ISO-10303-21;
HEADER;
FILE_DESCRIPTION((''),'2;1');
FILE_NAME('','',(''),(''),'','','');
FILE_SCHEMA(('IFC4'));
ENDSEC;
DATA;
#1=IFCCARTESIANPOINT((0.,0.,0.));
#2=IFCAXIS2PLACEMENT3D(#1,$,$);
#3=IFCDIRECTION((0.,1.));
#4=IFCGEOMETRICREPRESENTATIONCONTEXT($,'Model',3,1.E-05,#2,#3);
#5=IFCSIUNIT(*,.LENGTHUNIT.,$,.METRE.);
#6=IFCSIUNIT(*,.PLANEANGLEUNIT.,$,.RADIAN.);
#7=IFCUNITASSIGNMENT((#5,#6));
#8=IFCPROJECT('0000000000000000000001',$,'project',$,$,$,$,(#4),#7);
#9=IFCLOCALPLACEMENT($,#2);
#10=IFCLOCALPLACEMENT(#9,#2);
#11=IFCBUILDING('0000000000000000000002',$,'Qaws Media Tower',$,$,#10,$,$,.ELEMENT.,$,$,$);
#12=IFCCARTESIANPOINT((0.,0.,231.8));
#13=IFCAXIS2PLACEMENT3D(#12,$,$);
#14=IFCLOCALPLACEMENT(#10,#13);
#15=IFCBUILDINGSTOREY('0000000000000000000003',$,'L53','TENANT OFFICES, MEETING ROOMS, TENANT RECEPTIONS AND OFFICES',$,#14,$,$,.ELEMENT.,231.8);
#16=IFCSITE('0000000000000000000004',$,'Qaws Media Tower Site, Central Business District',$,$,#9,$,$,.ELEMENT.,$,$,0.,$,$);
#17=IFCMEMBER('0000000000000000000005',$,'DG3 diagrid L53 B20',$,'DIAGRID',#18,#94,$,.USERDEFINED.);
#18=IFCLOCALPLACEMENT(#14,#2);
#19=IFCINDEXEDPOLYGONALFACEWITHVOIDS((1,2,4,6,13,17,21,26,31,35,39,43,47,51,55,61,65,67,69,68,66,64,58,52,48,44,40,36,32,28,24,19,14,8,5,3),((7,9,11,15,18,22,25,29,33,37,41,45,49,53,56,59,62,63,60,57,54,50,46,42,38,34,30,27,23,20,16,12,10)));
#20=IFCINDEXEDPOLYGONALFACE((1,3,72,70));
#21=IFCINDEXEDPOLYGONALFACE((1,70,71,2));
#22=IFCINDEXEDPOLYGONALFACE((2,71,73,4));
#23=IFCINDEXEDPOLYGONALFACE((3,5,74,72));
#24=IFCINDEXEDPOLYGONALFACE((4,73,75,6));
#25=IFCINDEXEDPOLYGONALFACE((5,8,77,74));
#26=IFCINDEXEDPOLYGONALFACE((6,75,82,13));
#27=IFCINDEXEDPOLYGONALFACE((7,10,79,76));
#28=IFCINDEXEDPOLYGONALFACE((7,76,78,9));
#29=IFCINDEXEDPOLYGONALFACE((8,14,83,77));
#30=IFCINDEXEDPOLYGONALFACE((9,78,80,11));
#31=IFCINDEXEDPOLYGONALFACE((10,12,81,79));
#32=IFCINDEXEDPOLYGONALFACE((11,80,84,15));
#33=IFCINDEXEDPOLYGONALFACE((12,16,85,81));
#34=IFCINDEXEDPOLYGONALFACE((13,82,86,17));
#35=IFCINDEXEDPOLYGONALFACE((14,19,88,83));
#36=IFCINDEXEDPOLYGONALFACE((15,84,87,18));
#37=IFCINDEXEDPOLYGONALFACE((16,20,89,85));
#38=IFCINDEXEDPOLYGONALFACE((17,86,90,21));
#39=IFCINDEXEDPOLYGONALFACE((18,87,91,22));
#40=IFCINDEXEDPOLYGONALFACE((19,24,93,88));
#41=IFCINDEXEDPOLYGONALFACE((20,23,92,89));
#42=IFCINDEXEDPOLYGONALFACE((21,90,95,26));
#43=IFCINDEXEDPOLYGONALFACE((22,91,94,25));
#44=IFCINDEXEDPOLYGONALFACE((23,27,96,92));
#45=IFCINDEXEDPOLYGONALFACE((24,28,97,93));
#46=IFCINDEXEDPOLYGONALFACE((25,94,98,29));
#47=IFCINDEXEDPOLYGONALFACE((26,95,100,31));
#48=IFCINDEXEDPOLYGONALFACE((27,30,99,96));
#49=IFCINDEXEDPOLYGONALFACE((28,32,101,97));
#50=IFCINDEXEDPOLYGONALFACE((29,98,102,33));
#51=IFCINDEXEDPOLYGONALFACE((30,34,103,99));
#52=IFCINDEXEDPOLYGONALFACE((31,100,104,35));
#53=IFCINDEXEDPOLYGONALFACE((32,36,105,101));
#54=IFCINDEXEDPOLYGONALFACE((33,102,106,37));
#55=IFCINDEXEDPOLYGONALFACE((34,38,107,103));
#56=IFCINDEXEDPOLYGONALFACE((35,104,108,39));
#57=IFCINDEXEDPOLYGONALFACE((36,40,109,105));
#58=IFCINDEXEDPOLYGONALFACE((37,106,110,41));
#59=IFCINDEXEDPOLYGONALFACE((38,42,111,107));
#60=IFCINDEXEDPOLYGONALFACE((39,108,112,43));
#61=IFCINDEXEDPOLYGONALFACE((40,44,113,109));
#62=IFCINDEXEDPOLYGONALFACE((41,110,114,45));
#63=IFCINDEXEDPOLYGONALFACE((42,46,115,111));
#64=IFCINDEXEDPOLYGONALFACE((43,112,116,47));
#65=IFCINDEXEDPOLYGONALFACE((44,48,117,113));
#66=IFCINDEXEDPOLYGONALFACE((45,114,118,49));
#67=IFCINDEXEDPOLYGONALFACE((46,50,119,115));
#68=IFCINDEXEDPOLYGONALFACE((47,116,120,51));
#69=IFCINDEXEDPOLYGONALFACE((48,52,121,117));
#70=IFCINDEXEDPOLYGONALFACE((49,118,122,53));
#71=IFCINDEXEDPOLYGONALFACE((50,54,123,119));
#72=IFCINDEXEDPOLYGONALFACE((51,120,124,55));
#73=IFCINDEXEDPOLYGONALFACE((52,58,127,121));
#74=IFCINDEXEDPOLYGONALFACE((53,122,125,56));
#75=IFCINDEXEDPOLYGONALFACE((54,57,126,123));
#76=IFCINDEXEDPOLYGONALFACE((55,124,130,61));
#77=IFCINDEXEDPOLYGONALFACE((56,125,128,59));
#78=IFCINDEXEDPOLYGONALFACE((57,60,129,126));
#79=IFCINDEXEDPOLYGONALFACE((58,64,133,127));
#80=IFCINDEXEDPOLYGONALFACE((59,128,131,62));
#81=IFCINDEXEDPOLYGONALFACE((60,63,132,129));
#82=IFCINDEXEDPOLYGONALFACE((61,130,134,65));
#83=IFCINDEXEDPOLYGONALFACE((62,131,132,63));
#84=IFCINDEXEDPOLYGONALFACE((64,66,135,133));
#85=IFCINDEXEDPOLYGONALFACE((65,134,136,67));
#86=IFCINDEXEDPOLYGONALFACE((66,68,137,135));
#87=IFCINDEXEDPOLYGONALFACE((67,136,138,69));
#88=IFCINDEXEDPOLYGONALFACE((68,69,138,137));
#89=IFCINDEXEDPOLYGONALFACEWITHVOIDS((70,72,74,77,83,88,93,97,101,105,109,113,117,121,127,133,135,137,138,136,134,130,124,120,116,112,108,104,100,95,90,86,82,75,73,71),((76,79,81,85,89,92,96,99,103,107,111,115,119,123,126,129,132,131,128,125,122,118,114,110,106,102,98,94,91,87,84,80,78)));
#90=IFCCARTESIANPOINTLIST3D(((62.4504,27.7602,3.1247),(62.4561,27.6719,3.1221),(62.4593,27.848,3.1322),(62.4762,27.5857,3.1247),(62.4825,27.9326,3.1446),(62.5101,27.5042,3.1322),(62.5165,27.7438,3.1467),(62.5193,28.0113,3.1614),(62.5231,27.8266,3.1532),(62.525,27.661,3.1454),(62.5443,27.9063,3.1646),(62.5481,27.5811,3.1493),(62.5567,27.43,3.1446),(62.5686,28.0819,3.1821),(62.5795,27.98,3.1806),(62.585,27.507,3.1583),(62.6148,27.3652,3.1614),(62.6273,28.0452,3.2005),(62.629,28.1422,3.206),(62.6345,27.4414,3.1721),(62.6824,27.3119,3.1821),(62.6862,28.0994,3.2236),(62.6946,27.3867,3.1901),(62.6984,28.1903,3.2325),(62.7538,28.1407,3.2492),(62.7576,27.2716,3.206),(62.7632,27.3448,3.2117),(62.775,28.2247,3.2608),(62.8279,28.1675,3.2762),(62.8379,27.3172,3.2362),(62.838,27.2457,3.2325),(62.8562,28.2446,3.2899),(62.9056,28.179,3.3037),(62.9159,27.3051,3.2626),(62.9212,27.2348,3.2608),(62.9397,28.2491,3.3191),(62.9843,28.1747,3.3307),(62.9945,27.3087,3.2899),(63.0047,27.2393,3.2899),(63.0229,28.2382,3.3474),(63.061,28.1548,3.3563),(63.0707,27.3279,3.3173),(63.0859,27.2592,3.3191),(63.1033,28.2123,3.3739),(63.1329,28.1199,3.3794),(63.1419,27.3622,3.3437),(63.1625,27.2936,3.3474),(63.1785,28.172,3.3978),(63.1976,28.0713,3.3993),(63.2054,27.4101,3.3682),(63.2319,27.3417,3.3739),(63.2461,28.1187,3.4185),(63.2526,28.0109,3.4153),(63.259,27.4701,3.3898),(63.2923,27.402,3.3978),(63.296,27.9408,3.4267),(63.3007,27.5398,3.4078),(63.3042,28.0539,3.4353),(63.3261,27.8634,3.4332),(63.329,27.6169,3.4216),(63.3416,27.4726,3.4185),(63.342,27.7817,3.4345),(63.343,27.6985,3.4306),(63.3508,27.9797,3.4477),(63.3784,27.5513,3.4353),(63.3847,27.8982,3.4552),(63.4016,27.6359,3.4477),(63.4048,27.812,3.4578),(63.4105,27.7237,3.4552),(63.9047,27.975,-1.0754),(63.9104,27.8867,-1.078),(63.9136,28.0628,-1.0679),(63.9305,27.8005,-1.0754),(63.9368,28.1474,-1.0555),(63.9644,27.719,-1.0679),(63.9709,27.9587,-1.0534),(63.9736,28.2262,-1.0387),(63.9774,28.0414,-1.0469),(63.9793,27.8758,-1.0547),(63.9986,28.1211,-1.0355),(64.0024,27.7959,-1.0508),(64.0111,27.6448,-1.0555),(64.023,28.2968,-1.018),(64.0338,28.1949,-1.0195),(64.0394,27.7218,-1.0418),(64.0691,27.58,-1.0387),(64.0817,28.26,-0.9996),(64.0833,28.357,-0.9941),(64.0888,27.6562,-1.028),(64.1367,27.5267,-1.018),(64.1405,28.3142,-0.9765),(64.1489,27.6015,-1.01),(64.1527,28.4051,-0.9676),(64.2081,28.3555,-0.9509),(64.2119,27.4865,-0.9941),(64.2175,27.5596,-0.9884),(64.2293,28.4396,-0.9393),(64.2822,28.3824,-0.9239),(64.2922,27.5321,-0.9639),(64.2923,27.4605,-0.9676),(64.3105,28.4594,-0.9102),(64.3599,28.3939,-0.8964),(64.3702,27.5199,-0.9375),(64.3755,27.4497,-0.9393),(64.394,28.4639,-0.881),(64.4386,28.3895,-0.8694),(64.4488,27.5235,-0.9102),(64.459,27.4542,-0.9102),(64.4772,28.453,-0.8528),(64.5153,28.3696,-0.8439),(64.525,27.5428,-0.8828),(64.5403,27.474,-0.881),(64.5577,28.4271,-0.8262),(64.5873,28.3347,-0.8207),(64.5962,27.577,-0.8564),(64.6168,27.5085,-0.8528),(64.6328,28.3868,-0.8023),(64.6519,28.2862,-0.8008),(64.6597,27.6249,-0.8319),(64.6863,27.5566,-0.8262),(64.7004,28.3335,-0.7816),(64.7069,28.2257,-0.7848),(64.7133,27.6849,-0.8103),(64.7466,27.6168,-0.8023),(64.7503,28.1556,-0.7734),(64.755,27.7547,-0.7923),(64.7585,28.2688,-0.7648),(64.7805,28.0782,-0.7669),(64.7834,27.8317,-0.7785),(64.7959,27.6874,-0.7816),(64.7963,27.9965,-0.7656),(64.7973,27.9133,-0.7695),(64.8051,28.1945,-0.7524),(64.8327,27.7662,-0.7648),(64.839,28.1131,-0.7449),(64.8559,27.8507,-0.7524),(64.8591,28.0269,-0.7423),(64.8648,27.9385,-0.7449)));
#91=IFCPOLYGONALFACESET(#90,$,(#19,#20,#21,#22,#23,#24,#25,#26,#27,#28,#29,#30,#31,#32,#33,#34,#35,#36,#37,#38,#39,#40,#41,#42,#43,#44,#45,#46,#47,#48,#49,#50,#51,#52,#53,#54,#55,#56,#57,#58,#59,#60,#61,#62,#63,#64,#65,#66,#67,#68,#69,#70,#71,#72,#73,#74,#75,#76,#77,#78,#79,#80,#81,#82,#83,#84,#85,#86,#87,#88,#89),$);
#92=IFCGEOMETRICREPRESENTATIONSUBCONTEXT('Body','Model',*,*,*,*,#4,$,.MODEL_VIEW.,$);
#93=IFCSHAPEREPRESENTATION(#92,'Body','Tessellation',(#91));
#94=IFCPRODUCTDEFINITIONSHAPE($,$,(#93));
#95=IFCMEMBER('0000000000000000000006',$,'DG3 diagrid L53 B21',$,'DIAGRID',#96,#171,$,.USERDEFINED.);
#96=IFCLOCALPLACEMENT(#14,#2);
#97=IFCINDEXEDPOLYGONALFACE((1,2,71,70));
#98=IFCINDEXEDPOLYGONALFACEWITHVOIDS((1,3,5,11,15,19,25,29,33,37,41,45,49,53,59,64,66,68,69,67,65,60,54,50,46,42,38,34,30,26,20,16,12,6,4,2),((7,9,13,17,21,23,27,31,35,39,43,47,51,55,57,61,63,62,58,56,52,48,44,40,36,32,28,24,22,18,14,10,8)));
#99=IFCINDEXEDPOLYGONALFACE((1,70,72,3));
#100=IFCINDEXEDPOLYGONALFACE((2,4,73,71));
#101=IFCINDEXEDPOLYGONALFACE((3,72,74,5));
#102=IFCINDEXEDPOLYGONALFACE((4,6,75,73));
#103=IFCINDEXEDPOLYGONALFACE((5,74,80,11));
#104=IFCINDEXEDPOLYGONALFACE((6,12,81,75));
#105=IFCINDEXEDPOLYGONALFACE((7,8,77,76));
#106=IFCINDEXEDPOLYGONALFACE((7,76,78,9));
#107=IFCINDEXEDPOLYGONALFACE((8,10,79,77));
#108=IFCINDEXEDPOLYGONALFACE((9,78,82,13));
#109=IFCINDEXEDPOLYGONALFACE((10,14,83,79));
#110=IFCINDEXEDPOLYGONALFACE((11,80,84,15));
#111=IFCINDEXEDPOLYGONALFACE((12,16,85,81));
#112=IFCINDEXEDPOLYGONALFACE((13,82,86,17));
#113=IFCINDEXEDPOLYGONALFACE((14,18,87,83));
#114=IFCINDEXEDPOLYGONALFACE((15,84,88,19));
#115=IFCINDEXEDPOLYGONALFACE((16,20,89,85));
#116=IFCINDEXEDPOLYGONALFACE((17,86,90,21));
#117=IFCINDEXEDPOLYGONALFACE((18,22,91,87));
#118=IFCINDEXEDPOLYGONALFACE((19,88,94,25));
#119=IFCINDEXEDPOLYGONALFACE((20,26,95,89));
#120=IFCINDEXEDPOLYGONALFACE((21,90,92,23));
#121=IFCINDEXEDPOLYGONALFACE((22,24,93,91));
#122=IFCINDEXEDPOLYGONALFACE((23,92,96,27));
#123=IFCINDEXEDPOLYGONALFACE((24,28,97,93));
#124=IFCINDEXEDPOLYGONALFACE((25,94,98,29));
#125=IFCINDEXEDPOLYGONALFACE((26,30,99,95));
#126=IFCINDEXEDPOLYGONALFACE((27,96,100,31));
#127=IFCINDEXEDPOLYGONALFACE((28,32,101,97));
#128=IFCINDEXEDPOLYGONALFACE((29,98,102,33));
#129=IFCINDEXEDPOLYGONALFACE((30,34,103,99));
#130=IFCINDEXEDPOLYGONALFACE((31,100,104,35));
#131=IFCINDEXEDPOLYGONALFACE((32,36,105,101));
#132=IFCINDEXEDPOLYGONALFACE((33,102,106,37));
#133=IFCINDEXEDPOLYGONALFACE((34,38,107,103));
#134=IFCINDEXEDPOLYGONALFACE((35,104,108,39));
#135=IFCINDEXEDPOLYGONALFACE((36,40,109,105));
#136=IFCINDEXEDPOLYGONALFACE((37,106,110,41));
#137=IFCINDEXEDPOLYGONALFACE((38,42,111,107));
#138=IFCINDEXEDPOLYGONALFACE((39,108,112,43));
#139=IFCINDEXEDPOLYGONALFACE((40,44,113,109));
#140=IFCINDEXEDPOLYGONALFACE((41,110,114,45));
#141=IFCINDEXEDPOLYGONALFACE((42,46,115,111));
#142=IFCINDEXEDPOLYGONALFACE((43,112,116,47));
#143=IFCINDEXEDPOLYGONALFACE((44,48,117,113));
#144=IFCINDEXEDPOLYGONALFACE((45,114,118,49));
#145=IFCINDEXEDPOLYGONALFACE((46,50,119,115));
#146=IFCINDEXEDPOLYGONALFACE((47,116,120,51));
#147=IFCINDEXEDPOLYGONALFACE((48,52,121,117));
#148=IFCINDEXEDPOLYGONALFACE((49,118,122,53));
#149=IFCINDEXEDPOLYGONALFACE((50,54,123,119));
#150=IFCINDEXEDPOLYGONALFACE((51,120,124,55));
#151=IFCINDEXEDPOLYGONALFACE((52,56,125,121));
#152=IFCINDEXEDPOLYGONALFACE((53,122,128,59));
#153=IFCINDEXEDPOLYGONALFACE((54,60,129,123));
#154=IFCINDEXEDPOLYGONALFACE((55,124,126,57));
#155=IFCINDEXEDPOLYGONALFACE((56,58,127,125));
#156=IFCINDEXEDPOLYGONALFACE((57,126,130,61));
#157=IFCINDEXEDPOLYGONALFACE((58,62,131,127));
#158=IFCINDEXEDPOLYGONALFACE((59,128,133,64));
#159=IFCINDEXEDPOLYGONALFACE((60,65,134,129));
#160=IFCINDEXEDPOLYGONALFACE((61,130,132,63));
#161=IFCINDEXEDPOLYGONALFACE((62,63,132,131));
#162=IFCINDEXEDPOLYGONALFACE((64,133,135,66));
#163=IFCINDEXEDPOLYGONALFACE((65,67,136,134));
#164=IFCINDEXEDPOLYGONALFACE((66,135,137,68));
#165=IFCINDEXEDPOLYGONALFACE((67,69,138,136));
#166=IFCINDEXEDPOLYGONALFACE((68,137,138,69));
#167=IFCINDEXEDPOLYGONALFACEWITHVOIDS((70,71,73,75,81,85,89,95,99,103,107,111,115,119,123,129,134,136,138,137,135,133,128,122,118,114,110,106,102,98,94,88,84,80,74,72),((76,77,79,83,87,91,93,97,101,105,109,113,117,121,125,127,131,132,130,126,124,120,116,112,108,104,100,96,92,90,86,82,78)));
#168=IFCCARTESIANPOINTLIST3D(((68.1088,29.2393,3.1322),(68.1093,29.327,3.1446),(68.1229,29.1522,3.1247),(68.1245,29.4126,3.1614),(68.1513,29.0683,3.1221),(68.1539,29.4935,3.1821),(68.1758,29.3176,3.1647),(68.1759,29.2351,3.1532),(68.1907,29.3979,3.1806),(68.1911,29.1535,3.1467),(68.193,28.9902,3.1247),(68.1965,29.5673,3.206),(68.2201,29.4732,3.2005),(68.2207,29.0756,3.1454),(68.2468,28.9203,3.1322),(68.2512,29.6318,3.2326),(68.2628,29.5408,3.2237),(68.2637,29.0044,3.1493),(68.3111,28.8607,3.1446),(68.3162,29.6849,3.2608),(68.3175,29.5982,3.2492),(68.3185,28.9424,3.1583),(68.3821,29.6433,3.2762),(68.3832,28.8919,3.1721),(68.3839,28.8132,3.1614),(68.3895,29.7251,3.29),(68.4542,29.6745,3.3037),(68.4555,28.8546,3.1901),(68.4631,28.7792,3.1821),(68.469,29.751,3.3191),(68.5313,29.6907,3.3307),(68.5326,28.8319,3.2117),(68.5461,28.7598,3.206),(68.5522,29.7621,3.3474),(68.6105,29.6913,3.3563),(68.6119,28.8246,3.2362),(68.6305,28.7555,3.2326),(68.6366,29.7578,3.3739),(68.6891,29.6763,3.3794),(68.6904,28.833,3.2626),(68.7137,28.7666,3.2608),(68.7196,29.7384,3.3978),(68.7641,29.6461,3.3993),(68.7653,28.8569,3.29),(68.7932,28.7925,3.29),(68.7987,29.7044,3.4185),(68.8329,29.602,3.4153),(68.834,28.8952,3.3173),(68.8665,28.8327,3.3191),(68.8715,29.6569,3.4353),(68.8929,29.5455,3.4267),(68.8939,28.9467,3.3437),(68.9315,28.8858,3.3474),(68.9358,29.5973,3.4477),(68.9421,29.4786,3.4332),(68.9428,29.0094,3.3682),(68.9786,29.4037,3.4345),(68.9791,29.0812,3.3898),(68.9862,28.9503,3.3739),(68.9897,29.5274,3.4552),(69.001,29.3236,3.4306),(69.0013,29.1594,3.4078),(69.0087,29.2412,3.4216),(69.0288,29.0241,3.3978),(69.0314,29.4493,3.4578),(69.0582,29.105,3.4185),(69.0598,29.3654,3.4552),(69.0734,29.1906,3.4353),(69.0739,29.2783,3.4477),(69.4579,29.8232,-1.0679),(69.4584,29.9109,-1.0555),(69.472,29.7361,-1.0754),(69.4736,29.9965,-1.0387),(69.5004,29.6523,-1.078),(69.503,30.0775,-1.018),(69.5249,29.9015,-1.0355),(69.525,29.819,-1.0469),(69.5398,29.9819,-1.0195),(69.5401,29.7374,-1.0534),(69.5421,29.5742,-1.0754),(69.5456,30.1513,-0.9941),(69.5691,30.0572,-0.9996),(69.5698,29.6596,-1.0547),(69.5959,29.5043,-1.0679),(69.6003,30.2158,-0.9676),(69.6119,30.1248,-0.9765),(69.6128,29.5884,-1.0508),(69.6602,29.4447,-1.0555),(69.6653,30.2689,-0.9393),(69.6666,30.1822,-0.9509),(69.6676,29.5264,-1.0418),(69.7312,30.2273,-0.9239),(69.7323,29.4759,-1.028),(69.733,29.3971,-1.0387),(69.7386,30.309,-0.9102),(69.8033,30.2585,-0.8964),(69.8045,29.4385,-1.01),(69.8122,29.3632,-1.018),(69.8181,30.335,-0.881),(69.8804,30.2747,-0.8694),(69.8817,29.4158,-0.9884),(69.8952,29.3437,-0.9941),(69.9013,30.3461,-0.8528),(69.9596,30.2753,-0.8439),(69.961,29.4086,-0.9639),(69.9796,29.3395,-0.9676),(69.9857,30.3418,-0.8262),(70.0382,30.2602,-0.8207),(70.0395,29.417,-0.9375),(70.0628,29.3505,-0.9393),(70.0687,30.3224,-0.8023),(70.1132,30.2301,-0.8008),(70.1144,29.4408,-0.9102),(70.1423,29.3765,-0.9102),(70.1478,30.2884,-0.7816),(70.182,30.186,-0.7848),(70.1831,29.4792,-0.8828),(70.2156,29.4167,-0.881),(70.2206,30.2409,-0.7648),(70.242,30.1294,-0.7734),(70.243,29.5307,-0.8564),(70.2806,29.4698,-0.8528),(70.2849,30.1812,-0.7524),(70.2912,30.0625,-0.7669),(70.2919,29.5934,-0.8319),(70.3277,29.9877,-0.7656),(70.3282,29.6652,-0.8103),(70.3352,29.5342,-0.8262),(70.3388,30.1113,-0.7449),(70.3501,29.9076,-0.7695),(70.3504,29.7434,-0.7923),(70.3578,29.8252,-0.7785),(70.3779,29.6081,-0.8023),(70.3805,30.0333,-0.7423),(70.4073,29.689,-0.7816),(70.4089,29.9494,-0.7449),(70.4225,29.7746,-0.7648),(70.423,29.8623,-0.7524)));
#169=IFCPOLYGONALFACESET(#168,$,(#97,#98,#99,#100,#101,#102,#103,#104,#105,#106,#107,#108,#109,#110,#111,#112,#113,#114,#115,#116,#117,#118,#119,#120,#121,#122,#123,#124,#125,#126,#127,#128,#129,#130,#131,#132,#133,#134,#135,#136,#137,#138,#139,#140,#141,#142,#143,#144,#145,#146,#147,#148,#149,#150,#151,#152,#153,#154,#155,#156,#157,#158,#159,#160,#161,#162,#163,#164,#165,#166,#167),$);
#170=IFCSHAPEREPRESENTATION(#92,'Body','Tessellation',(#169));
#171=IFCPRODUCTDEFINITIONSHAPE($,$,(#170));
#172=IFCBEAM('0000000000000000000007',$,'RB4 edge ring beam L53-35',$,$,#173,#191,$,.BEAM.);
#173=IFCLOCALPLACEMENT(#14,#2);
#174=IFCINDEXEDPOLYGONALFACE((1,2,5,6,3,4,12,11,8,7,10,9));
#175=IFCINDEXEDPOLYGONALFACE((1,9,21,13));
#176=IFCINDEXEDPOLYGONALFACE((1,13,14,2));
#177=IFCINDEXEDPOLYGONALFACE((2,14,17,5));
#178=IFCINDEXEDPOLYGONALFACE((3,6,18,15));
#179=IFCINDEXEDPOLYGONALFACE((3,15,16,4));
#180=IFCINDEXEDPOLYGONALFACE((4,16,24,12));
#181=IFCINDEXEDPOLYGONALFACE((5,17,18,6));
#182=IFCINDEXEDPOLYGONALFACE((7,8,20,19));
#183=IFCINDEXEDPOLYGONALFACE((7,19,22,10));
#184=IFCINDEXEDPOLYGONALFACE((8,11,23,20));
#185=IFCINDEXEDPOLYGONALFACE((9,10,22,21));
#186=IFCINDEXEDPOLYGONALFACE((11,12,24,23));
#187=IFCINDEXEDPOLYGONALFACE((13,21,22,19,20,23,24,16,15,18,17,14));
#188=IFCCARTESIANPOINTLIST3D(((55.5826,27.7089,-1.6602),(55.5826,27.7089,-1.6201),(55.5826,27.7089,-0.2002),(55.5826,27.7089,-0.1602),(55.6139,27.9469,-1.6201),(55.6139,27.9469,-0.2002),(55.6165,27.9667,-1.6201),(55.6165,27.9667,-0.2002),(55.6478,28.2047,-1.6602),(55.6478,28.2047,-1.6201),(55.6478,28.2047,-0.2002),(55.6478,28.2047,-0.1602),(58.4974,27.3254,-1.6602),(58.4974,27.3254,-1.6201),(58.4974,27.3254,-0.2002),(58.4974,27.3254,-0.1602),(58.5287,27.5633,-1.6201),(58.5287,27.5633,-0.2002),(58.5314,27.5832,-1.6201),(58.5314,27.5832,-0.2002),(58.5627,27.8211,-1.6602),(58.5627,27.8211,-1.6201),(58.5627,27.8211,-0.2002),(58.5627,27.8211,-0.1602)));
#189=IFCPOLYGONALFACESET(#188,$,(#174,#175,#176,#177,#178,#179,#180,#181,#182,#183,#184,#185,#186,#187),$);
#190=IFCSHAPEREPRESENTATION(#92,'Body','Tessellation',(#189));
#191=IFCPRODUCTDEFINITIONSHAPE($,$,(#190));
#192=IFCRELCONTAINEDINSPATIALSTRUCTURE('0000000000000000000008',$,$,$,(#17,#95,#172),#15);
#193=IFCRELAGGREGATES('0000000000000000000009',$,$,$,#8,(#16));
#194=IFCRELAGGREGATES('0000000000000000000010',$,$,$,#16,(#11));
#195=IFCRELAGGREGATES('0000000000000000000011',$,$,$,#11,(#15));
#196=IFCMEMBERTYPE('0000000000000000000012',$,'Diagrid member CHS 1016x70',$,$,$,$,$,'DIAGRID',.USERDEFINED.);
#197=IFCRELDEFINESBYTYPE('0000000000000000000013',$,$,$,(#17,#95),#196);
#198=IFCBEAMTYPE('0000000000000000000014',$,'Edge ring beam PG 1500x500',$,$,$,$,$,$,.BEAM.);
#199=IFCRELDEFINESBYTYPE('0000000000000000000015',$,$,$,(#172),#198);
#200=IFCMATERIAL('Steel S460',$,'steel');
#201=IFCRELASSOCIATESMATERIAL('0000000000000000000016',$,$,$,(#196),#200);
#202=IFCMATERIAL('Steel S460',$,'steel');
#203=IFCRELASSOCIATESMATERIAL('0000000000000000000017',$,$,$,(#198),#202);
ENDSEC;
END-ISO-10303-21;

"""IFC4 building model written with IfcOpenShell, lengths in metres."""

from ifc_helpers import new_model, si_unit, direction, frame, origin, origin_2d, place, context, subcontext, project, spatial, hollow_circle, i_section, extrude, material, material_profile, profile_set, type_object, element, save


model = new_model("IFC4")

# Units and contexts
model_context = context("Model", 3, precision=1e-05, world=origin(), true_north=direction((0.0, 1.0)))
body_context = subcontext(model_context, "Body", "Model", "MODEL_VIEW")
ifc_project = project(units=[si_unit("LENGTHUNIT", "METRE"), si_unit("PLANEANGLEUNIT", "RADIAN")], contexts=[model_context])

# Site, building, storey
site_placement = place(None, origin())
site = spatial("IfcSite", under=ifc_project, at=site_placement, Name="Qaws Media Tower Site, Central Business District", CompositionType="ELEMENT", RefElevation=0.0)
building_placement = place(site_placement, origin())
building = spatial("IfcBuilding", under=site, at=building_placement, Name="Qaws Media Tower", CompositionType="ELEMENT")
storey_placement = place(building_placement, frame((0.0, 0.0, 231.8)))
storey = spatial("IfcBuildingStorey", under=building, at=storey_placement, Name="L53", Description="TENANT OFFICES, MEETING ROOMS, TENANT RECEPTIONS AND OFFICES", CompositionType="ELEMENT", Elevation=231.8)

# Members
ifc_material_1 = material(Name="Steel S460", Category="steel")
ifc_material_profile_1 = material_profile(ifc_material_1, hollow_circle(Radius=0.5081, WallThickness=0.0701, at=origin_2d()), Name="CHS 1016x70")
ifc_profile_set_1 = profile_set([ifc_material_profile_1], Name="Steel S460")
member_type_1 = type_object("IfcMemberType", Name="Diagrid member CHS 1016x70", ElementType="DIAGRID", PredefinedType="USERDEFINED", material=ifc_profile_set_1)
for number, where, z_axis, x_axis, name in (
    (1, (64.3848, 27.9568, -0.9102), (-0.326816, -0.048279, 0.943854), (0.146139, -0.989264, 0.0), "DG3 diagrid L53 B20"),
    (2, (69.9404, 29.8428, -0.9102), (-0.303171, -0.131231, 0.943857), (0.397244, -0.917713, 0.0), "DG3 diagrid L53 B21"),
):
    element("IfcMember", number, at=place(storey_placement, frame(where, z_axis=z_axis, x_axis=x_axis)), inside=storey, type_object=member_type_1, Name=name, ObjectType="DIAGRID", PredefinedType="USERDEFINED", context=body_context, shape_type="SweptSolid", body=[
        extrude(hollow_circle(Radius=0.5081, WallThickness=0.0701, at=origin_2d()), origin(), (0.0, 0.0, 1.0), 4.45),
    ])

# Beam
ifc_material_2 = material(Name="Steel S460", Category="steel")
ifc_material_profile_2 = material_profile(ifc_material_2, i_section(OverallWidth=0.5, OverallDepth=1.5, WebThickness=0.02, FlangeThickness=0.04, at=origin_2d()), Name="PG 1500x500")
ifc_profile_set_2 = profile_set([ifc_material_profile_2], Name="Steel S460")
beam_type = type_object("IfcBeamType", Name="Edge ring beam PG 1500x500", PredefinedType="BEAM", material=ifc_profile_set_2)
for number, where, z_axis, x_axis, name in (
    (3, (55.6152, 27.9568, -0.9102), (0.991453, -0.130461, 0.0), (0.130461, 0.991453, 0.0), "RB4 edge ring beam L53-35"),
):
    element("IfcBeam", number, at=place(storey_placement, frame(where, z_axis=z_axis, x_axis=x_axis)), inside=storey, type_object=beam_type, Name=name, PredefinedType="BEAM", context=body_context, shape_type="SweptSolid", body=[
        extrude(i_section(OverallWidth=0.5, OverallDepth=1.5, WebThickness=0.02, FlangeThickness=0.04, at=origin_2d()), origin(), (0.0, 0.0, 1.0), 2.9399),
    ])

save(model, "model.ifc")
